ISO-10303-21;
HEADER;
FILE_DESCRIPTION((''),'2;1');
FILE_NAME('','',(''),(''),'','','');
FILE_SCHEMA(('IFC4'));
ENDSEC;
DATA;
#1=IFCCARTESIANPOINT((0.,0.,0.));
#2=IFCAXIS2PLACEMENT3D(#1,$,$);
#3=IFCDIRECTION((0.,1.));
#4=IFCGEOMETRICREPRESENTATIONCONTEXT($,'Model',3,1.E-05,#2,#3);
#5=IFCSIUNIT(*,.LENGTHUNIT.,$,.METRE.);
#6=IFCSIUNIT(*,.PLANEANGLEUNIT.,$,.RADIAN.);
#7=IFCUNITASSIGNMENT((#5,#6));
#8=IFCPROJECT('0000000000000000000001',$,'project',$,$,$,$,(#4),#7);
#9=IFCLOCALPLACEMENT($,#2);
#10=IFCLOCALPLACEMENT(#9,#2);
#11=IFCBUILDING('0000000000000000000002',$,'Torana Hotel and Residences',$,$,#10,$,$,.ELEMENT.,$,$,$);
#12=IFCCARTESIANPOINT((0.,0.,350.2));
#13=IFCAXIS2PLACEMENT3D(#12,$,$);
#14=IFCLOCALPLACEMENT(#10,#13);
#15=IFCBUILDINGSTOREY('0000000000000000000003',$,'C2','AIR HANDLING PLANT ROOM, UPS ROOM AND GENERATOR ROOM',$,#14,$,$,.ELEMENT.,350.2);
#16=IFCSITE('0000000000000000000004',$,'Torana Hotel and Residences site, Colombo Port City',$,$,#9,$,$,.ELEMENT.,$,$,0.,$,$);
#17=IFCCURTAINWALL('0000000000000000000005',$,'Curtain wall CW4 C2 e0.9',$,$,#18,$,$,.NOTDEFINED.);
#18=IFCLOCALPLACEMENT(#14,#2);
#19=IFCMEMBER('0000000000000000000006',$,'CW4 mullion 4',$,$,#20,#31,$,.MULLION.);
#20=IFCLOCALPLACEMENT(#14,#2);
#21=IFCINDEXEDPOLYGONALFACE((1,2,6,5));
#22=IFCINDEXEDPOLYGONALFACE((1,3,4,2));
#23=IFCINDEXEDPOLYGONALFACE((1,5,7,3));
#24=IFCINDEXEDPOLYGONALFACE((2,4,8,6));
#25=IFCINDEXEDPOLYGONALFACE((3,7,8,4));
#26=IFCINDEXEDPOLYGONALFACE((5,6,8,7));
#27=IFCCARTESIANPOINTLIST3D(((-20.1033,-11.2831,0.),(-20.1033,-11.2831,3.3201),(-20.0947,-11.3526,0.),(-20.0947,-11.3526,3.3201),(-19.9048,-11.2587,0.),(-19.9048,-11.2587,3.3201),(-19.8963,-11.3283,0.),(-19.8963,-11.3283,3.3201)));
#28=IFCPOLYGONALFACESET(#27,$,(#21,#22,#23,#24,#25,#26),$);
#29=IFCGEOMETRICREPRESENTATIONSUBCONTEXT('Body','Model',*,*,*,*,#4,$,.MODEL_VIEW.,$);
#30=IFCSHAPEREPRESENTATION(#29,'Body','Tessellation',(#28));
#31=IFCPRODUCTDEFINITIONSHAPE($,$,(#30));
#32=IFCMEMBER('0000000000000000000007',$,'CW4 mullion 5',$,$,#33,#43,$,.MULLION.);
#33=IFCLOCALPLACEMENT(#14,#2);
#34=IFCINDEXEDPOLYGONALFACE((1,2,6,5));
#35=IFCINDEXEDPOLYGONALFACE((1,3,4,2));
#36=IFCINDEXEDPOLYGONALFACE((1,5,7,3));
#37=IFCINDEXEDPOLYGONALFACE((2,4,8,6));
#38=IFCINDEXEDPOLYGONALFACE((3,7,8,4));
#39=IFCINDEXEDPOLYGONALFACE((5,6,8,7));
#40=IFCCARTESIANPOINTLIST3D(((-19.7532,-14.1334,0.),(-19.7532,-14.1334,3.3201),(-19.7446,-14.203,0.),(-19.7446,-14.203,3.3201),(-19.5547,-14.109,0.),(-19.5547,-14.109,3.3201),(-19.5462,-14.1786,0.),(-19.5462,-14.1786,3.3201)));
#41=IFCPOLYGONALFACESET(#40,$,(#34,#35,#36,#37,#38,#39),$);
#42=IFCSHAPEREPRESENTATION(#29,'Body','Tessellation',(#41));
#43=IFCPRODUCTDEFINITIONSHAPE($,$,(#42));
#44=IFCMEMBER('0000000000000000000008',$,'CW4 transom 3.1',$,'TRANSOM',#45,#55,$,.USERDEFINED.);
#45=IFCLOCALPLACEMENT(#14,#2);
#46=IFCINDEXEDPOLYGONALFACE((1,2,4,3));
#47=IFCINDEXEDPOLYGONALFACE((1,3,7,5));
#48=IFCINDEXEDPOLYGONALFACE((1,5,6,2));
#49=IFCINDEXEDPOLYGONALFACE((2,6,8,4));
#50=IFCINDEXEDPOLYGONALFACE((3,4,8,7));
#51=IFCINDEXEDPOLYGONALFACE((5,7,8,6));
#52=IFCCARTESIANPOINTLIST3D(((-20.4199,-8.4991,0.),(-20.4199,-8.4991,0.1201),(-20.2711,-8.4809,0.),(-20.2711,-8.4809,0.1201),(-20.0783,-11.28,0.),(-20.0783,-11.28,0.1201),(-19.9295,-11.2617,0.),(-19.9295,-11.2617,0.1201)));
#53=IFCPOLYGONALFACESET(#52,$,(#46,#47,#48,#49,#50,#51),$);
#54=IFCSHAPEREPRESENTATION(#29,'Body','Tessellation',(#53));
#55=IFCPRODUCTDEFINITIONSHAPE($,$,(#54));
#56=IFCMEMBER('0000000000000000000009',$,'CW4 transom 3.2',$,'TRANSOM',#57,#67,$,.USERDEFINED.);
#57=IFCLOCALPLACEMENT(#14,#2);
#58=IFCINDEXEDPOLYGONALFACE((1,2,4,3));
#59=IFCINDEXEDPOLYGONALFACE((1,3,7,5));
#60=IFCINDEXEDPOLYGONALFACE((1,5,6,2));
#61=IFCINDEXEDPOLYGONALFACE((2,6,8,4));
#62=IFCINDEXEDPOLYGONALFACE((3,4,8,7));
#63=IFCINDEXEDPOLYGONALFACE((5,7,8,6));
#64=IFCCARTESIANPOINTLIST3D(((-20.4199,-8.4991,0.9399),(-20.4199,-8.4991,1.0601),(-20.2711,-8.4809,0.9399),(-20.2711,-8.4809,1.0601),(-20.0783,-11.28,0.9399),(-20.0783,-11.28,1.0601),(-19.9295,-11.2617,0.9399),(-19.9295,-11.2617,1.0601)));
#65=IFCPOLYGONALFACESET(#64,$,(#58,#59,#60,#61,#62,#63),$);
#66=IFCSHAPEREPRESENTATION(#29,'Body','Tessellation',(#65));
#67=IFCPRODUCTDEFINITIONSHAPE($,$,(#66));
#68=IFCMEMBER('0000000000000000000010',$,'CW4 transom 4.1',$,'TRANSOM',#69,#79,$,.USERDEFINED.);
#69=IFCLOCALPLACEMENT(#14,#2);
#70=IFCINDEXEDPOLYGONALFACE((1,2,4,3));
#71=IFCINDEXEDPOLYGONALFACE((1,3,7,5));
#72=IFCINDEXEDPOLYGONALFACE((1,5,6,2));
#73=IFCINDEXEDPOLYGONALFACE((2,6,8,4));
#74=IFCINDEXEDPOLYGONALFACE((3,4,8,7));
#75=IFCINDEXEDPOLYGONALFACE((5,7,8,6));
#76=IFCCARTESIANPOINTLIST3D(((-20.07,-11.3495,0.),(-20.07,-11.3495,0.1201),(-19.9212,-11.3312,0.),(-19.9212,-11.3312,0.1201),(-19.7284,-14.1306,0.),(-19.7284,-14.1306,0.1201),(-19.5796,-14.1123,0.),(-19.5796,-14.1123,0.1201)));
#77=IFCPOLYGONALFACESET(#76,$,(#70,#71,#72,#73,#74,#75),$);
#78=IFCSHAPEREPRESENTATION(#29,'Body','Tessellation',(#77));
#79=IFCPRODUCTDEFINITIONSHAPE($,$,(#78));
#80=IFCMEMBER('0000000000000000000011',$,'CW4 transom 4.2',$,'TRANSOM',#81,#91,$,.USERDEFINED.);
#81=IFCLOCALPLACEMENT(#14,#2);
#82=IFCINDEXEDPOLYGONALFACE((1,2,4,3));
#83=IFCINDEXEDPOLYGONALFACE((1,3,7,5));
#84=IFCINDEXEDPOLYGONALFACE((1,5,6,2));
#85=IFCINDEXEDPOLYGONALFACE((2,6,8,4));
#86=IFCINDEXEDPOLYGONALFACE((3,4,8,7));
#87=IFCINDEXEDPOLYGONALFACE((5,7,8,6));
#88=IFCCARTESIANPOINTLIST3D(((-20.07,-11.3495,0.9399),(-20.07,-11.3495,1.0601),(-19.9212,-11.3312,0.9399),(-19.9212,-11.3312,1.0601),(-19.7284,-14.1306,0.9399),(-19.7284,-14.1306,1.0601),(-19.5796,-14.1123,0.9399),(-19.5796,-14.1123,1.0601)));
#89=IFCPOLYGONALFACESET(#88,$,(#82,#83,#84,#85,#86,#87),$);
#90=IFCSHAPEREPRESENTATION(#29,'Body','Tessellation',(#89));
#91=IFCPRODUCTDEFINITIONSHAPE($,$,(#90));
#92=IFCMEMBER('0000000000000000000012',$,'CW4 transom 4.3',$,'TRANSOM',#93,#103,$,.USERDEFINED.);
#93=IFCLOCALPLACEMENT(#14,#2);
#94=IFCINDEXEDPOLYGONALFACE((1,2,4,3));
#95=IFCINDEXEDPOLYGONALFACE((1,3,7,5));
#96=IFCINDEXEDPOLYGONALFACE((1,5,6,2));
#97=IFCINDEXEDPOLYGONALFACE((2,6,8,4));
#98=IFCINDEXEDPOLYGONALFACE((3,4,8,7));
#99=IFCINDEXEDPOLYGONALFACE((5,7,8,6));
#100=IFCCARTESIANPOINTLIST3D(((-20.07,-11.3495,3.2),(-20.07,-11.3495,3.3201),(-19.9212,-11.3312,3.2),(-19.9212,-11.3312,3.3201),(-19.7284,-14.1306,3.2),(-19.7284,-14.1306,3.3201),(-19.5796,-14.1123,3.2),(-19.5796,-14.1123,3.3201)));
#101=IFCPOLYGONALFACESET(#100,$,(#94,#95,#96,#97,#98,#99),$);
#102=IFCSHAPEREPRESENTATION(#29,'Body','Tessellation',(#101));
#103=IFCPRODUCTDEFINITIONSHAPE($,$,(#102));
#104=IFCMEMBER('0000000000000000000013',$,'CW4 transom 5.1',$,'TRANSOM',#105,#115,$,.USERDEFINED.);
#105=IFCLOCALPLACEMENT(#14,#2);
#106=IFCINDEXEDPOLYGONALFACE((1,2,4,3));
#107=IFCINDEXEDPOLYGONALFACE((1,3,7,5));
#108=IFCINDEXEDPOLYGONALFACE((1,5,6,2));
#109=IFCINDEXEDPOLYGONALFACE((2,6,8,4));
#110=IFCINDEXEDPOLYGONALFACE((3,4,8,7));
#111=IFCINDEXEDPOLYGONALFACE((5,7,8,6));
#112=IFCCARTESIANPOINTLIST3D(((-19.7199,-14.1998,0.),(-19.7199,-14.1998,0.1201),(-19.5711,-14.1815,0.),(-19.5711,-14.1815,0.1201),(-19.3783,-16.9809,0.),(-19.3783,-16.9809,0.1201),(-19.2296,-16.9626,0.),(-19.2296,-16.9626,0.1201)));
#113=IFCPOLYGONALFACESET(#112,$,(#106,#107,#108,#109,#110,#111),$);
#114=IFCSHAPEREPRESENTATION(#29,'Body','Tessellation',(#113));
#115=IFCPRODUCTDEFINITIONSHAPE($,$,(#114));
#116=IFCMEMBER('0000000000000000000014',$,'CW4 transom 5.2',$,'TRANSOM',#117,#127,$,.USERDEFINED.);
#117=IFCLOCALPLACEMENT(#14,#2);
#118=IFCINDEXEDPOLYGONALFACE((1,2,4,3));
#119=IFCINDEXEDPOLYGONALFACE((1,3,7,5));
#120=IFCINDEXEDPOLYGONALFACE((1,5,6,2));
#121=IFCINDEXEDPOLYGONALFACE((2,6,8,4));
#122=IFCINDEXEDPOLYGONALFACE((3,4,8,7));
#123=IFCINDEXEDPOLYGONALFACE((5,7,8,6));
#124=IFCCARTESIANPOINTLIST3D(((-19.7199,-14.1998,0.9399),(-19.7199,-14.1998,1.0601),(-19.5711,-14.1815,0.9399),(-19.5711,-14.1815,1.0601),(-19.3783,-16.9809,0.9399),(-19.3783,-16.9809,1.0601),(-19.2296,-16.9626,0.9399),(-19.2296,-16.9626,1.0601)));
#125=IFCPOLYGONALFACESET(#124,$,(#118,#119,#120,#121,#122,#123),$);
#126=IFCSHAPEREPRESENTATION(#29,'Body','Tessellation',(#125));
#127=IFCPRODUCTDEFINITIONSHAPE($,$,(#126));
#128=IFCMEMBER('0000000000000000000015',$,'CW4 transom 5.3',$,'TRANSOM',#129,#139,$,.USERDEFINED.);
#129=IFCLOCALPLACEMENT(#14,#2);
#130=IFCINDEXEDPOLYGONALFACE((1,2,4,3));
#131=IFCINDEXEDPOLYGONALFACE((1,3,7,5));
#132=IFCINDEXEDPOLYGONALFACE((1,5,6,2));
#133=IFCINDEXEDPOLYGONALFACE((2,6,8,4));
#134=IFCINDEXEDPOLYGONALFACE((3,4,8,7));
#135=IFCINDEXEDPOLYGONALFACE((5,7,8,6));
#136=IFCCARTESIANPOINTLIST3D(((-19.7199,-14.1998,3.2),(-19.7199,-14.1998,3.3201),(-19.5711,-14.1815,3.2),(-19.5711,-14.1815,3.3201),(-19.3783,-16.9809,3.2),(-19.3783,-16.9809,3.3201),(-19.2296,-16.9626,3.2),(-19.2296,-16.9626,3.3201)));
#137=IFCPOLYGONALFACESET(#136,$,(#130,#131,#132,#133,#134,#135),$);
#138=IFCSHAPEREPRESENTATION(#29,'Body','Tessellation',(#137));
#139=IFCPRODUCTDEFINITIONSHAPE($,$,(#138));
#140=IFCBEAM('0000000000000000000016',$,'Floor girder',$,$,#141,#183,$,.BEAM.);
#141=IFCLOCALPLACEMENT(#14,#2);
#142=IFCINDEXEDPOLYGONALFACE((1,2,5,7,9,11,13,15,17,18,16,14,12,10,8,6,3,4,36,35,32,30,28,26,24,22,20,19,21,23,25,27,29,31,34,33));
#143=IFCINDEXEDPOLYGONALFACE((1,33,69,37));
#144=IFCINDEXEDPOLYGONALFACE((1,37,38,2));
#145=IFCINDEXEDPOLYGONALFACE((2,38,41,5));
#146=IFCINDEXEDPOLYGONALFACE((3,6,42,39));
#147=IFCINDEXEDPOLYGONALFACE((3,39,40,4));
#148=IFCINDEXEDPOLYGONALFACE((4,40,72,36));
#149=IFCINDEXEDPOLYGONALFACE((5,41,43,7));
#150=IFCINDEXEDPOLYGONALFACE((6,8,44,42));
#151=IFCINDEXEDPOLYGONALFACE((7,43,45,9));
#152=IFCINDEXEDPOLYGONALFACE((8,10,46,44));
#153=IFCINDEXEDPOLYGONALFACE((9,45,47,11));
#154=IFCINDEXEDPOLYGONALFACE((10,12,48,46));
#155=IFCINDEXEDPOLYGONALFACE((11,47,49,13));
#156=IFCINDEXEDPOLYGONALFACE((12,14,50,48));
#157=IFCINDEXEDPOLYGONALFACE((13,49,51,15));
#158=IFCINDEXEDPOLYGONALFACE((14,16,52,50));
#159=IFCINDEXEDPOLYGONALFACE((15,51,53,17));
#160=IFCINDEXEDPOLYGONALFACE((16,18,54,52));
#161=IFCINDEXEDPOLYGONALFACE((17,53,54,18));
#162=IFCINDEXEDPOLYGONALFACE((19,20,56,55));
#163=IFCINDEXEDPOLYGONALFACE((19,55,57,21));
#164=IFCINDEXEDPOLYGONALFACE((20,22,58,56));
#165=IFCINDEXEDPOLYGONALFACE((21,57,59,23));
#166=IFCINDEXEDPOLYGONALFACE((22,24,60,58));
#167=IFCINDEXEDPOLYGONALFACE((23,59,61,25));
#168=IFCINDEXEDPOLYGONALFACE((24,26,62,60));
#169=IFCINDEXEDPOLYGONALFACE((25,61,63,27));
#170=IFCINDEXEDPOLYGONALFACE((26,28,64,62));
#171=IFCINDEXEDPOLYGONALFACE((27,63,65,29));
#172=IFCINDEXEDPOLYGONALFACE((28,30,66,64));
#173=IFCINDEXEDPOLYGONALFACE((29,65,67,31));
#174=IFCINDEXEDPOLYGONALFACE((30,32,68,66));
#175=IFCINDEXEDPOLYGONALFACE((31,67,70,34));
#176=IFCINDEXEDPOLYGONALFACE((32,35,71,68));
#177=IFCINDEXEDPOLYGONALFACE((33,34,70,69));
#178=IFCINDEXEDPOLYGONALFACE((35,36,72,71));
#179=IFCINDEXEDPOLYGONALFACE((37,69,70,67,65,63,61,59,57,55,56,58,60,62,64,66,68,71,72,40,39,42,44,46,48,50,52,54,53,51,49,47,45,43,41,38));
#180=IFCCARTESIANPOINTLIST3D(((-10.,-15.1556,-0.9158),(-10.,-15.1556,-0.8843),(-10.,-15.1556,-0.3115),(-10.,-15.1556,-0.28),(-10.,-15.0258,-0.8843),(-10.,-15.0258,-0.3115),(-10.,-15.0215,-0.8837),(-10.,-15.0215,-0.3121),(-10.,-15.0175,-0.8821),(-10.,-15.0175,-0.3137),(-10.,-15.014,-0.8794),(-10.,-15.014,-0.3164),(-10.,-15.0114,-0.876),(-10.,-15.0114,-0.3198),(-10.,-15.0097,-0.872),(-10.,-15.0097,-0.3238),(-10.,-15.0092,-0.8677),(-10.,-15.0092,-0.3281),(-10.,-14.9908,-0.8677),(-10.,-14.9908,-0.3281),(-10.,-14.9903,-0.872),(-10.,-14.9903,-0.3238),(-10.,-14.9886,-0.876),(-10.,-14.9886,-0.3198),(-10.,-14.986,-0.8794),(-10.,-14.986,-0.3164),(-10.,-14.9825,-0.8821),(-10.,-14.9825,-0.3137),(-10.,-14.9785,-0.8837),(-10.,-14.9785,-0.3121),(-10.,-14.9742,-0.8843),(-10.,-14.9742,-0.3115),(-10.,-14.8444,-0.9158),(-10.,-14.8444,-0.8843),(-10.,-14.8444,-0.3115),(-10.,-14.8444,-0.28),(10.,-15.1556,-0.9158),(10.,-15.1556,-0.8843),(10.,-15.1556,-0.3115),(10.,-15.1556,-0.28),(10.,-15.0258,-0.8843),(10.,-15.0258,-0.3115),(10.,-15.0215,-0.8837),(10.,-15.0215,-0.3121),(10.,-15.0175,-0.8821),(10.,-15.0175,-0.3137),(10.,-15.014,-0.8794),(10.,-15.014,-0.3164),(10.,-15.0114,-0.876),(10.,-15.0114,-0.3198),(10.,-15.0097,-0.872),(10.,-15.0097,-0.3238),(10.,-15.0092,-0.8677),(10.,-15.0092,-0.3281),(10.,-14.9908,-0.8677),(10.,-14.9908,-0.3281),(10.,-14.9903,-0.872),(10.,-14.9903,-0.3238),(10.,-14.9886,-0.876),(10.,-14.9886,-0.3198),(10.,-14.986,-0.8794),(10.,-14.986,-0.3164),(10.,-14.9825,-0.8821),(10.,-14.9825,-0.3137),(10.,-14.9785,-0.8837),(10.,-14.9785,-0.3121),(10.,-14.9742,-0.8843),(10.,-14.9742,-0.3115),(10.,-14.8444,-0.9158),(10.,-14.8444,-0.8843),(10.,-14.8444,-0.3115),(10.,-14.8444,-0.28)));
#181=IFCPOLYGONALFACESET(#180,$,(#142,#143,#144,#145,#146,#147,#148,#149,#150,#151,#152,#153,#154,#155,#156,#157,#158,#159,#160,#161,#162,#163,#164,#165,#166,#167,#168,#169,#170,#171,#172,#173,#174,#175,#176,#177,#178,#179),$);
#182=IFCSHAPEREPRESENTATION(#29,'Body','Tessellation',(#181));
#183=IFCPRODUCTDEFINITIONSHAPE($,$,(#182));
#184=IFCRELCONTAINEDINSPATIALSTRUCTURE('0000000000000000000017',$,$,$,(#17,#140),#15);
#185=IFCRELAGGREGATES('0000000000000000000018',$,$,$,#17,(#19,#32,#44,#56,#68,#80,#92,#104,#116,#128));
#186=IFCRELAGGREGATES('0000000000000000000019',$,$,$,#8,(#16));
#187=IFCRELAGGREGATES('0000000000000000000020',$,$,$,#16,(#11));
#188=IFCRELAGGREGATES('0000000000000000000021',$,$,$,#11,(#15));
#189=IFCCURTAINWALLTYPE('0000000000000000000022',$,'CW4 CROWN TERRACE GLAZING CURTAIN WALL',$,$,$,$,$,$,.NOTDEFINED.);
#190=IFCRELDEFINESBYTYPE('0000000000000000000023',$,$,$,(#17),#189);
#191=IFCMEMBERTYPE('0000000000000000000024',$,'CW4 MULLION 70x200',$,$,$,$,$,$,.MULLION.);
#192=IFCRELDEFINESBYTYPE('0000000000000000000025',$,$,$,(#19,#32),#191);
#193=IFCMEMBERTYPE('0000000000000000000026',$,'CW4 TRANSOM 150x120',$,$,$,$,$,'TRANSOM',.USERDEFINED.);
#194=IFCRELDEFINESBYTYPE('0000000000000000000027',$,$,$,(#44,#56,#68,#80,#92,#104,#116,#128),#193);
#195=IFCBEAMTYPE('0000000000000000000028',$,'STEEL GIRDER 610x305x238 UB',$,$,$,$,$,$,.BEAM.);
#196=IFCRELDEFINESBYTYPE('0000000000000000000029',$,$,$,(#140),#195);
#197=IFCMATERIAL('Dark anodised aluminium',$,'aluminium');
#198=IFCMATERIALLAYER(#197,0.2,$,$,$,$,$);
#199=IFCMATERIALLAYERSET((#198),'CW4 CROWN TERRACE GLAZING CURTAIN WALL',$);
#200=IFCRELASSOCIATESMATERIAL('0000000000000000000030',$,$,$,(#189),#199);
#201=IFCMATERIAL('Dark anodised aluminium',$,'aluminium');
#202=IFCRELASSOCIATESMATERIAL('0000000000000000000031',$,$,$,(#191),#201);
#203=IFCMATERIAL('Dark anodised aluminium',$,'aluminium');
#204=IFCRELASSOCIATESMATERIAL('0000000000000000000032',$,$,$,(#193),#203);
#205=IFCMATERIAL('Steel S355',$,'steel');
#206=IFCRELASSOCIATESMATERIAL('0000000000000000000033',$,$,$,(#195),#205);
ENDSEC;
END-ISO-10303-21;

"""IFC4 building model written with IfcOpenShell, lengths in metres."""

from ifc_helpers import new_model, si_unit, direction, frame, origin, origin_2d, place, context, subcontext, project, spatial, rectangle, i_section, extrude, material, layer, layer_set, material_profile, profile_set, type_object, element, aggregate, save


model = new_model("IFC4")

# Units and contexts
model_context = context("Model", 3, precision=1e-05, world=origin(), true_north=direction((0.0, 1.0)))
body_context = subcontext(model_context, "Body", "Model", "MODEL_VIEW")
ifc_project = project(units=[si_unit("LENGTHUNIT", "METRE"), si_unit("PLANEANGLEUNIT", "RADIAN")], contexts=[model_context])

# Site, building, storey
site_placement = place(None, origin())
site = spatial("IfcSite", under=ifc_project, at=site_placement, Name="Torana Hotel and Residences site, Colombo Port City", CompositionType="ELEMENT", RefElevation=0.0)
building_placement = place(site_placement, origin())
building = spatial("IfcBuilding", under=site, at=building_placement, Name="Torana Hotel and Residences", CompositionType="ELEMENT")
storey_placement = place(building_placement, frame((0.0, 0.0, 350.2)))
storey = spatial("IfcBuildingStorey", under=building, at=storey_placement, Name="C2", Description="AIR HANDLING PLANT ROOM, UPS ROOM AND GENERATOR ROOM", CompositionType="ELEMENT", Elevation=350.2)

# Curtain wall, members
ifc_material_1 = material(Name="Dark anodised aluminium", Category="aluminium")
ifc_layer_1 = layer(ifc_material_1, 0.2)
ifc_layer_set_1 = layer_set([ifc_layer_1], Name="CW4 CROWN TERRACE GLAZING CURTAIN WALL")
curtain_wall_type = type_object("IfcCurtainWallType", Name="CW4 CROWN TERRACE GLAZING CURTAIN WALL", PredefinedType="NOTDEFINED", material=ifc_layer_set_1)
curtain_wall_placement = place(storey_placement, origin())
curtain_wall = element("IfcCurtainWall", 1, at=curtain_wall_placement, inside=storey, type_object=curtain_wall_type, Name="Curtain wall CW4 C2 e0.9", PredefinedType="NOTDEFINED")
ifc_material_2 = material(Name="Dark anodised aluminium", Category="aluminium")
ifc_material_profile_1 = material_profile(ifc_material_2, rectangle(XDim=0.2, YDim=0.0701, at=origin_2d()), Name="CW4 MULLION 70x200")
ifc_profile_set_1 = profile_set([ifc_material_profile_1], Name="Dark anodised aluminium")
member_type_1 = type_object("IfcMemberType", Name="CW4 MULLION 70x200", PredefinedType="MULLION", material=ifc_profile_set_1)
member_1_placement = place(storey_placement, frame((-19.9998, -11.3057, 0.0), z_axis=(0.0, 0.0, 1.0), x_axis=(0.992546, 0.121869, 0.0)))
member_1 = element("IfcMember", 2, at=member_1_placement, type_object=member_type_1, Name="CW4 mullion 4", PredefinedType="MULLION", context=body_context, shape_type="SweptSolid", body=[
    extrude(rectangle(XDim=0.2, YDim=0.0701, at=origin_2d()), origin(), (0.0, 0.0, 1.0), 3.3201),
])
member_2_placement = place(storey_placement, frame((-19.6497, -14.156, 0.0), z_axis=(0.0, 0.0, 1.0), x_axis=(0.992546, 0.121869, 0.0)))
member_2 = element("IfcMember", 3, at=member_2_placement, type_object=member_type_1, Name="CW4 mullion 5", PredefinedType="MULLION", context=body_context, shape_type="SweptSolid", body=[
    extrude(rectangle(XDim=0.2, YDim=0.0701, at=origin_2d()), origin(), (0.0, 0.0, 1.0), 3.3201),
])
ifc_material_3 = material(Name="Dark anodised aluminium", Category="aluminium")
ifc_material_profile_2 = material_profile(ifc_material_3, rectangle(XDim=0.1499, YDim=0.1201, at=origin_2d()), Name="CW4 TRANSOM 150x120")
ifc_profile_set_2 = profile_set([ifc_material_profile_2], Name="Dark anodised aluminium")
member_type_2 = type_object("IfcMemberType", Name="CW4 TRANSOM 150x120", ElementType="TRANSOM", PredefinedType="USERDEFINED", material=ifc_profile_set_2)
member_3_placement = place(storey_placement, frame((-20.3455, -8.49, 0.0601), z_axis=(0.121911, -0.992541, 0.0), x_axis=(0.992541, 0.121911, 0.0)))
member_3 = element("IfcMember", 4, at=member_3_placement, type_object=member_type_2, Name="CW4 transom 3.1", ObjectType="TRANSOM", PredefinedType="USERDEFINED", context=body_context, shape_type="SweptSolid", body=[
    extrude(rectangle(XDim=0.1499, YDim=0.1201, at=origin_2d()), origin(), (0.0, 0.0, 1.0), 2.8018),
])
member_4_placement = place(storey_placement, frame((-20.3455, -8.49, 1.0), z_axis=(0.121911, -0.992541, 0.0), x_axis=(0.992541, 0.121911, 0.0)))
member_4 = element("IfcMember", 5, at=member_4_placement, type_object=member_type_2, Name="CW4 transom 3.2", ObjectType="TRANSOM", PredefinedType="USERDEFINED", context=body_context, shape_type="SweptSolid", body=[
    extrude(rectangle(XDim=0.1499, YDim=0.1201, at=origin_2d()), origin(), (0.0, 0.0, 1.0), 2.8018),
])
member_5_placement = place(storey_placement, frame((-19.9956, -11.3403, 0.0601), z_axis=(0.1219, -0.992542, 0.0), x_axis=(0.992542, 0.1219, 0.0)))
member_5 = element("IfcMember", 6, at=member_5_placement, type_object=member_type_2, Name="CW4 transom 4.1", ObjectType="TRANSOM", PredefinedType="USERDEFINED", context=body_context, shape_type="SweptSolid", body=[
    extrude(rectangle(XDim=0.1499, YDim=0.1201, at=origin_2d()), origin(), (0.0, 0.0, 1.0), 2.802),
])
member_6_placement = place(storey_placement, frame((-19.9956, -11.3403, 1.0), z_axis=(0.1219, -0.992542, 0.0), x_axis=(0.992542, 0.1219, 0.0)))
member_6 = element("IfcMember", 7, at=member_6_placement, type_object=member_type_2, Name="CW4 transom 4.2", ObjectType="TRANSOM", PredefinedType="USERDEFINED", context=body_context, shape_type="SweptSolid", body=[
    extrude(rectangle(XDim=0.1499, YDim=0.1201, at=origin_2d()), origin(), (0.0, 0.0, 1.0), 2.802),
])
member_7_placement = place(storey_placement, frame((-19.9956, -11.3403, 3.26), z_axis=(0.1219, -0.992542, 0.0), x_axis=(0.992542, 0.1219, 0.0)))
member_7 = element("IfcMember", 8, at=member_7_placement, type_object=member_type_2, Name="CW4 transom 4.3", ObjectType="TRANSOM", PredefinedType="USERDEFINED", context=body_context, shape_type="SweptSolid", body=[
    extrude(rectangle(XDim=0.1499, YDim=0.1201, at=origin_2d()), origin(), (0.0, 0.0, 1.0), 2.802),
])
member_8_placement = place(storey_placement, frame((-19.6455, -14.1907, 0.0601), z_axis=(0.1219, -0.992542, 0.0), x_axis=(0.992542, 0.1219, 0.0)))
member_8 = element("IfcMember", 9, at=member_8_placement, type_object=member_type_2, Name="CW4 transom 5.1", ObjectType="TRANSOM", PredefinedType="USERDEFINED", context=body_context, shape_type="SweptSolid", body=[
    extrude(rectangle(XDim=0.1499, YDim=0.1201, at=origin_2d()), origin(), (0.0, 0.0, 1.0), 2.802),
])
member_9_placement = place(storey_placement, frame((-19.6455, -14.1907, 1.0), z_axis=(0.1219, -0.992542, 0.0), x_axis=(0.992542, 0.1219, 0.0)))
member_9 = element("IfcMember", 10, at=member_9_placement, type_object=member_type_2, Name="CW4 transom 5.2", ObjectType="TRANSOM", PredefinedType="USERDEFINED", context=body_context, shape_type="SweptSolid", body=[
    extrude(rectangle(XDim=0.1499, YDim=0.1201, at=origin_2d()), origin(), (0.0, 0.0, 1.0), 2.802),
])
member_10_placement = place(storey_placement, frame((-19.6455, -14.1907, 3.26), z_axis=(0.1219, -0.992542, 0.0), x_axis=(0.992542, 0.1219, 0.0)))
member_10 = element("IfcMember", 11, at=member_10_placement, type_object=member_type_2, Name="CW4 transom 5.3", ObjectType="TRANSOM", PredefinedType="USERDEFINED", context=body_context, shape_type="SweptSolid", body=[
    extrude(rectangle(XDim=0.1499, YDim=0.1201, at=origin_2d()), origin(), (0.0, 0.0, 1.0), 2.802),
])

# Beam
ifc_material_4 = material(Name="Steel S355", Category="steel")
ifc_material_profile_3 = material_profile(ifc_material_4, i_section(OverallWidth=0.3113, OverallDepth=0.6357, WebThickness=0.0183, FlangeThickness=0.0315, FilletRadius=0.0166, at=origin_2d()), Name="610x305x238 UB")
ifc_profile_set_3 = profile_set([ifc_material_profile_3], Name="Steel S355")
beam_type = type_object("IfcBeamType", Name="STEEL GIRDER 610x305x238 UB", PredefinedType="BEAM", material=ifc_profile_set_3)
for number, where, z_axis, x_axis, name in (
    (12, (-10.0, -15.0, -0.5979), (1.0, 0.0, 0.0), (0.0, 1.0, 0.0), "Floor girder"),
):
    element("IfcBeam", number, at=place(storey_placement, frame(where, z_axis=z_axis, x_axis=x_axis)), inside=storey, type_object=beam_type, Name=name, PredefinedType="BEAM", context=body_context, shape_type="SweptSolid", body=[
        extrude(i_section(OverallWidth=0.3113, OverallDepth=0.6357, WebThickness=0.0183, FlangeThickness=0.0315, FilletRadius=0.0166, at=origin_2d()), origin(), (0.0, 0.0, 1.0), 20.0),
    ])

aggregate(curtain_wall, [member_1, member_2, member_3, member_4, member_5, member_6, member_7, member_8, member_9, member_10])

save(model, "model.ifc")
